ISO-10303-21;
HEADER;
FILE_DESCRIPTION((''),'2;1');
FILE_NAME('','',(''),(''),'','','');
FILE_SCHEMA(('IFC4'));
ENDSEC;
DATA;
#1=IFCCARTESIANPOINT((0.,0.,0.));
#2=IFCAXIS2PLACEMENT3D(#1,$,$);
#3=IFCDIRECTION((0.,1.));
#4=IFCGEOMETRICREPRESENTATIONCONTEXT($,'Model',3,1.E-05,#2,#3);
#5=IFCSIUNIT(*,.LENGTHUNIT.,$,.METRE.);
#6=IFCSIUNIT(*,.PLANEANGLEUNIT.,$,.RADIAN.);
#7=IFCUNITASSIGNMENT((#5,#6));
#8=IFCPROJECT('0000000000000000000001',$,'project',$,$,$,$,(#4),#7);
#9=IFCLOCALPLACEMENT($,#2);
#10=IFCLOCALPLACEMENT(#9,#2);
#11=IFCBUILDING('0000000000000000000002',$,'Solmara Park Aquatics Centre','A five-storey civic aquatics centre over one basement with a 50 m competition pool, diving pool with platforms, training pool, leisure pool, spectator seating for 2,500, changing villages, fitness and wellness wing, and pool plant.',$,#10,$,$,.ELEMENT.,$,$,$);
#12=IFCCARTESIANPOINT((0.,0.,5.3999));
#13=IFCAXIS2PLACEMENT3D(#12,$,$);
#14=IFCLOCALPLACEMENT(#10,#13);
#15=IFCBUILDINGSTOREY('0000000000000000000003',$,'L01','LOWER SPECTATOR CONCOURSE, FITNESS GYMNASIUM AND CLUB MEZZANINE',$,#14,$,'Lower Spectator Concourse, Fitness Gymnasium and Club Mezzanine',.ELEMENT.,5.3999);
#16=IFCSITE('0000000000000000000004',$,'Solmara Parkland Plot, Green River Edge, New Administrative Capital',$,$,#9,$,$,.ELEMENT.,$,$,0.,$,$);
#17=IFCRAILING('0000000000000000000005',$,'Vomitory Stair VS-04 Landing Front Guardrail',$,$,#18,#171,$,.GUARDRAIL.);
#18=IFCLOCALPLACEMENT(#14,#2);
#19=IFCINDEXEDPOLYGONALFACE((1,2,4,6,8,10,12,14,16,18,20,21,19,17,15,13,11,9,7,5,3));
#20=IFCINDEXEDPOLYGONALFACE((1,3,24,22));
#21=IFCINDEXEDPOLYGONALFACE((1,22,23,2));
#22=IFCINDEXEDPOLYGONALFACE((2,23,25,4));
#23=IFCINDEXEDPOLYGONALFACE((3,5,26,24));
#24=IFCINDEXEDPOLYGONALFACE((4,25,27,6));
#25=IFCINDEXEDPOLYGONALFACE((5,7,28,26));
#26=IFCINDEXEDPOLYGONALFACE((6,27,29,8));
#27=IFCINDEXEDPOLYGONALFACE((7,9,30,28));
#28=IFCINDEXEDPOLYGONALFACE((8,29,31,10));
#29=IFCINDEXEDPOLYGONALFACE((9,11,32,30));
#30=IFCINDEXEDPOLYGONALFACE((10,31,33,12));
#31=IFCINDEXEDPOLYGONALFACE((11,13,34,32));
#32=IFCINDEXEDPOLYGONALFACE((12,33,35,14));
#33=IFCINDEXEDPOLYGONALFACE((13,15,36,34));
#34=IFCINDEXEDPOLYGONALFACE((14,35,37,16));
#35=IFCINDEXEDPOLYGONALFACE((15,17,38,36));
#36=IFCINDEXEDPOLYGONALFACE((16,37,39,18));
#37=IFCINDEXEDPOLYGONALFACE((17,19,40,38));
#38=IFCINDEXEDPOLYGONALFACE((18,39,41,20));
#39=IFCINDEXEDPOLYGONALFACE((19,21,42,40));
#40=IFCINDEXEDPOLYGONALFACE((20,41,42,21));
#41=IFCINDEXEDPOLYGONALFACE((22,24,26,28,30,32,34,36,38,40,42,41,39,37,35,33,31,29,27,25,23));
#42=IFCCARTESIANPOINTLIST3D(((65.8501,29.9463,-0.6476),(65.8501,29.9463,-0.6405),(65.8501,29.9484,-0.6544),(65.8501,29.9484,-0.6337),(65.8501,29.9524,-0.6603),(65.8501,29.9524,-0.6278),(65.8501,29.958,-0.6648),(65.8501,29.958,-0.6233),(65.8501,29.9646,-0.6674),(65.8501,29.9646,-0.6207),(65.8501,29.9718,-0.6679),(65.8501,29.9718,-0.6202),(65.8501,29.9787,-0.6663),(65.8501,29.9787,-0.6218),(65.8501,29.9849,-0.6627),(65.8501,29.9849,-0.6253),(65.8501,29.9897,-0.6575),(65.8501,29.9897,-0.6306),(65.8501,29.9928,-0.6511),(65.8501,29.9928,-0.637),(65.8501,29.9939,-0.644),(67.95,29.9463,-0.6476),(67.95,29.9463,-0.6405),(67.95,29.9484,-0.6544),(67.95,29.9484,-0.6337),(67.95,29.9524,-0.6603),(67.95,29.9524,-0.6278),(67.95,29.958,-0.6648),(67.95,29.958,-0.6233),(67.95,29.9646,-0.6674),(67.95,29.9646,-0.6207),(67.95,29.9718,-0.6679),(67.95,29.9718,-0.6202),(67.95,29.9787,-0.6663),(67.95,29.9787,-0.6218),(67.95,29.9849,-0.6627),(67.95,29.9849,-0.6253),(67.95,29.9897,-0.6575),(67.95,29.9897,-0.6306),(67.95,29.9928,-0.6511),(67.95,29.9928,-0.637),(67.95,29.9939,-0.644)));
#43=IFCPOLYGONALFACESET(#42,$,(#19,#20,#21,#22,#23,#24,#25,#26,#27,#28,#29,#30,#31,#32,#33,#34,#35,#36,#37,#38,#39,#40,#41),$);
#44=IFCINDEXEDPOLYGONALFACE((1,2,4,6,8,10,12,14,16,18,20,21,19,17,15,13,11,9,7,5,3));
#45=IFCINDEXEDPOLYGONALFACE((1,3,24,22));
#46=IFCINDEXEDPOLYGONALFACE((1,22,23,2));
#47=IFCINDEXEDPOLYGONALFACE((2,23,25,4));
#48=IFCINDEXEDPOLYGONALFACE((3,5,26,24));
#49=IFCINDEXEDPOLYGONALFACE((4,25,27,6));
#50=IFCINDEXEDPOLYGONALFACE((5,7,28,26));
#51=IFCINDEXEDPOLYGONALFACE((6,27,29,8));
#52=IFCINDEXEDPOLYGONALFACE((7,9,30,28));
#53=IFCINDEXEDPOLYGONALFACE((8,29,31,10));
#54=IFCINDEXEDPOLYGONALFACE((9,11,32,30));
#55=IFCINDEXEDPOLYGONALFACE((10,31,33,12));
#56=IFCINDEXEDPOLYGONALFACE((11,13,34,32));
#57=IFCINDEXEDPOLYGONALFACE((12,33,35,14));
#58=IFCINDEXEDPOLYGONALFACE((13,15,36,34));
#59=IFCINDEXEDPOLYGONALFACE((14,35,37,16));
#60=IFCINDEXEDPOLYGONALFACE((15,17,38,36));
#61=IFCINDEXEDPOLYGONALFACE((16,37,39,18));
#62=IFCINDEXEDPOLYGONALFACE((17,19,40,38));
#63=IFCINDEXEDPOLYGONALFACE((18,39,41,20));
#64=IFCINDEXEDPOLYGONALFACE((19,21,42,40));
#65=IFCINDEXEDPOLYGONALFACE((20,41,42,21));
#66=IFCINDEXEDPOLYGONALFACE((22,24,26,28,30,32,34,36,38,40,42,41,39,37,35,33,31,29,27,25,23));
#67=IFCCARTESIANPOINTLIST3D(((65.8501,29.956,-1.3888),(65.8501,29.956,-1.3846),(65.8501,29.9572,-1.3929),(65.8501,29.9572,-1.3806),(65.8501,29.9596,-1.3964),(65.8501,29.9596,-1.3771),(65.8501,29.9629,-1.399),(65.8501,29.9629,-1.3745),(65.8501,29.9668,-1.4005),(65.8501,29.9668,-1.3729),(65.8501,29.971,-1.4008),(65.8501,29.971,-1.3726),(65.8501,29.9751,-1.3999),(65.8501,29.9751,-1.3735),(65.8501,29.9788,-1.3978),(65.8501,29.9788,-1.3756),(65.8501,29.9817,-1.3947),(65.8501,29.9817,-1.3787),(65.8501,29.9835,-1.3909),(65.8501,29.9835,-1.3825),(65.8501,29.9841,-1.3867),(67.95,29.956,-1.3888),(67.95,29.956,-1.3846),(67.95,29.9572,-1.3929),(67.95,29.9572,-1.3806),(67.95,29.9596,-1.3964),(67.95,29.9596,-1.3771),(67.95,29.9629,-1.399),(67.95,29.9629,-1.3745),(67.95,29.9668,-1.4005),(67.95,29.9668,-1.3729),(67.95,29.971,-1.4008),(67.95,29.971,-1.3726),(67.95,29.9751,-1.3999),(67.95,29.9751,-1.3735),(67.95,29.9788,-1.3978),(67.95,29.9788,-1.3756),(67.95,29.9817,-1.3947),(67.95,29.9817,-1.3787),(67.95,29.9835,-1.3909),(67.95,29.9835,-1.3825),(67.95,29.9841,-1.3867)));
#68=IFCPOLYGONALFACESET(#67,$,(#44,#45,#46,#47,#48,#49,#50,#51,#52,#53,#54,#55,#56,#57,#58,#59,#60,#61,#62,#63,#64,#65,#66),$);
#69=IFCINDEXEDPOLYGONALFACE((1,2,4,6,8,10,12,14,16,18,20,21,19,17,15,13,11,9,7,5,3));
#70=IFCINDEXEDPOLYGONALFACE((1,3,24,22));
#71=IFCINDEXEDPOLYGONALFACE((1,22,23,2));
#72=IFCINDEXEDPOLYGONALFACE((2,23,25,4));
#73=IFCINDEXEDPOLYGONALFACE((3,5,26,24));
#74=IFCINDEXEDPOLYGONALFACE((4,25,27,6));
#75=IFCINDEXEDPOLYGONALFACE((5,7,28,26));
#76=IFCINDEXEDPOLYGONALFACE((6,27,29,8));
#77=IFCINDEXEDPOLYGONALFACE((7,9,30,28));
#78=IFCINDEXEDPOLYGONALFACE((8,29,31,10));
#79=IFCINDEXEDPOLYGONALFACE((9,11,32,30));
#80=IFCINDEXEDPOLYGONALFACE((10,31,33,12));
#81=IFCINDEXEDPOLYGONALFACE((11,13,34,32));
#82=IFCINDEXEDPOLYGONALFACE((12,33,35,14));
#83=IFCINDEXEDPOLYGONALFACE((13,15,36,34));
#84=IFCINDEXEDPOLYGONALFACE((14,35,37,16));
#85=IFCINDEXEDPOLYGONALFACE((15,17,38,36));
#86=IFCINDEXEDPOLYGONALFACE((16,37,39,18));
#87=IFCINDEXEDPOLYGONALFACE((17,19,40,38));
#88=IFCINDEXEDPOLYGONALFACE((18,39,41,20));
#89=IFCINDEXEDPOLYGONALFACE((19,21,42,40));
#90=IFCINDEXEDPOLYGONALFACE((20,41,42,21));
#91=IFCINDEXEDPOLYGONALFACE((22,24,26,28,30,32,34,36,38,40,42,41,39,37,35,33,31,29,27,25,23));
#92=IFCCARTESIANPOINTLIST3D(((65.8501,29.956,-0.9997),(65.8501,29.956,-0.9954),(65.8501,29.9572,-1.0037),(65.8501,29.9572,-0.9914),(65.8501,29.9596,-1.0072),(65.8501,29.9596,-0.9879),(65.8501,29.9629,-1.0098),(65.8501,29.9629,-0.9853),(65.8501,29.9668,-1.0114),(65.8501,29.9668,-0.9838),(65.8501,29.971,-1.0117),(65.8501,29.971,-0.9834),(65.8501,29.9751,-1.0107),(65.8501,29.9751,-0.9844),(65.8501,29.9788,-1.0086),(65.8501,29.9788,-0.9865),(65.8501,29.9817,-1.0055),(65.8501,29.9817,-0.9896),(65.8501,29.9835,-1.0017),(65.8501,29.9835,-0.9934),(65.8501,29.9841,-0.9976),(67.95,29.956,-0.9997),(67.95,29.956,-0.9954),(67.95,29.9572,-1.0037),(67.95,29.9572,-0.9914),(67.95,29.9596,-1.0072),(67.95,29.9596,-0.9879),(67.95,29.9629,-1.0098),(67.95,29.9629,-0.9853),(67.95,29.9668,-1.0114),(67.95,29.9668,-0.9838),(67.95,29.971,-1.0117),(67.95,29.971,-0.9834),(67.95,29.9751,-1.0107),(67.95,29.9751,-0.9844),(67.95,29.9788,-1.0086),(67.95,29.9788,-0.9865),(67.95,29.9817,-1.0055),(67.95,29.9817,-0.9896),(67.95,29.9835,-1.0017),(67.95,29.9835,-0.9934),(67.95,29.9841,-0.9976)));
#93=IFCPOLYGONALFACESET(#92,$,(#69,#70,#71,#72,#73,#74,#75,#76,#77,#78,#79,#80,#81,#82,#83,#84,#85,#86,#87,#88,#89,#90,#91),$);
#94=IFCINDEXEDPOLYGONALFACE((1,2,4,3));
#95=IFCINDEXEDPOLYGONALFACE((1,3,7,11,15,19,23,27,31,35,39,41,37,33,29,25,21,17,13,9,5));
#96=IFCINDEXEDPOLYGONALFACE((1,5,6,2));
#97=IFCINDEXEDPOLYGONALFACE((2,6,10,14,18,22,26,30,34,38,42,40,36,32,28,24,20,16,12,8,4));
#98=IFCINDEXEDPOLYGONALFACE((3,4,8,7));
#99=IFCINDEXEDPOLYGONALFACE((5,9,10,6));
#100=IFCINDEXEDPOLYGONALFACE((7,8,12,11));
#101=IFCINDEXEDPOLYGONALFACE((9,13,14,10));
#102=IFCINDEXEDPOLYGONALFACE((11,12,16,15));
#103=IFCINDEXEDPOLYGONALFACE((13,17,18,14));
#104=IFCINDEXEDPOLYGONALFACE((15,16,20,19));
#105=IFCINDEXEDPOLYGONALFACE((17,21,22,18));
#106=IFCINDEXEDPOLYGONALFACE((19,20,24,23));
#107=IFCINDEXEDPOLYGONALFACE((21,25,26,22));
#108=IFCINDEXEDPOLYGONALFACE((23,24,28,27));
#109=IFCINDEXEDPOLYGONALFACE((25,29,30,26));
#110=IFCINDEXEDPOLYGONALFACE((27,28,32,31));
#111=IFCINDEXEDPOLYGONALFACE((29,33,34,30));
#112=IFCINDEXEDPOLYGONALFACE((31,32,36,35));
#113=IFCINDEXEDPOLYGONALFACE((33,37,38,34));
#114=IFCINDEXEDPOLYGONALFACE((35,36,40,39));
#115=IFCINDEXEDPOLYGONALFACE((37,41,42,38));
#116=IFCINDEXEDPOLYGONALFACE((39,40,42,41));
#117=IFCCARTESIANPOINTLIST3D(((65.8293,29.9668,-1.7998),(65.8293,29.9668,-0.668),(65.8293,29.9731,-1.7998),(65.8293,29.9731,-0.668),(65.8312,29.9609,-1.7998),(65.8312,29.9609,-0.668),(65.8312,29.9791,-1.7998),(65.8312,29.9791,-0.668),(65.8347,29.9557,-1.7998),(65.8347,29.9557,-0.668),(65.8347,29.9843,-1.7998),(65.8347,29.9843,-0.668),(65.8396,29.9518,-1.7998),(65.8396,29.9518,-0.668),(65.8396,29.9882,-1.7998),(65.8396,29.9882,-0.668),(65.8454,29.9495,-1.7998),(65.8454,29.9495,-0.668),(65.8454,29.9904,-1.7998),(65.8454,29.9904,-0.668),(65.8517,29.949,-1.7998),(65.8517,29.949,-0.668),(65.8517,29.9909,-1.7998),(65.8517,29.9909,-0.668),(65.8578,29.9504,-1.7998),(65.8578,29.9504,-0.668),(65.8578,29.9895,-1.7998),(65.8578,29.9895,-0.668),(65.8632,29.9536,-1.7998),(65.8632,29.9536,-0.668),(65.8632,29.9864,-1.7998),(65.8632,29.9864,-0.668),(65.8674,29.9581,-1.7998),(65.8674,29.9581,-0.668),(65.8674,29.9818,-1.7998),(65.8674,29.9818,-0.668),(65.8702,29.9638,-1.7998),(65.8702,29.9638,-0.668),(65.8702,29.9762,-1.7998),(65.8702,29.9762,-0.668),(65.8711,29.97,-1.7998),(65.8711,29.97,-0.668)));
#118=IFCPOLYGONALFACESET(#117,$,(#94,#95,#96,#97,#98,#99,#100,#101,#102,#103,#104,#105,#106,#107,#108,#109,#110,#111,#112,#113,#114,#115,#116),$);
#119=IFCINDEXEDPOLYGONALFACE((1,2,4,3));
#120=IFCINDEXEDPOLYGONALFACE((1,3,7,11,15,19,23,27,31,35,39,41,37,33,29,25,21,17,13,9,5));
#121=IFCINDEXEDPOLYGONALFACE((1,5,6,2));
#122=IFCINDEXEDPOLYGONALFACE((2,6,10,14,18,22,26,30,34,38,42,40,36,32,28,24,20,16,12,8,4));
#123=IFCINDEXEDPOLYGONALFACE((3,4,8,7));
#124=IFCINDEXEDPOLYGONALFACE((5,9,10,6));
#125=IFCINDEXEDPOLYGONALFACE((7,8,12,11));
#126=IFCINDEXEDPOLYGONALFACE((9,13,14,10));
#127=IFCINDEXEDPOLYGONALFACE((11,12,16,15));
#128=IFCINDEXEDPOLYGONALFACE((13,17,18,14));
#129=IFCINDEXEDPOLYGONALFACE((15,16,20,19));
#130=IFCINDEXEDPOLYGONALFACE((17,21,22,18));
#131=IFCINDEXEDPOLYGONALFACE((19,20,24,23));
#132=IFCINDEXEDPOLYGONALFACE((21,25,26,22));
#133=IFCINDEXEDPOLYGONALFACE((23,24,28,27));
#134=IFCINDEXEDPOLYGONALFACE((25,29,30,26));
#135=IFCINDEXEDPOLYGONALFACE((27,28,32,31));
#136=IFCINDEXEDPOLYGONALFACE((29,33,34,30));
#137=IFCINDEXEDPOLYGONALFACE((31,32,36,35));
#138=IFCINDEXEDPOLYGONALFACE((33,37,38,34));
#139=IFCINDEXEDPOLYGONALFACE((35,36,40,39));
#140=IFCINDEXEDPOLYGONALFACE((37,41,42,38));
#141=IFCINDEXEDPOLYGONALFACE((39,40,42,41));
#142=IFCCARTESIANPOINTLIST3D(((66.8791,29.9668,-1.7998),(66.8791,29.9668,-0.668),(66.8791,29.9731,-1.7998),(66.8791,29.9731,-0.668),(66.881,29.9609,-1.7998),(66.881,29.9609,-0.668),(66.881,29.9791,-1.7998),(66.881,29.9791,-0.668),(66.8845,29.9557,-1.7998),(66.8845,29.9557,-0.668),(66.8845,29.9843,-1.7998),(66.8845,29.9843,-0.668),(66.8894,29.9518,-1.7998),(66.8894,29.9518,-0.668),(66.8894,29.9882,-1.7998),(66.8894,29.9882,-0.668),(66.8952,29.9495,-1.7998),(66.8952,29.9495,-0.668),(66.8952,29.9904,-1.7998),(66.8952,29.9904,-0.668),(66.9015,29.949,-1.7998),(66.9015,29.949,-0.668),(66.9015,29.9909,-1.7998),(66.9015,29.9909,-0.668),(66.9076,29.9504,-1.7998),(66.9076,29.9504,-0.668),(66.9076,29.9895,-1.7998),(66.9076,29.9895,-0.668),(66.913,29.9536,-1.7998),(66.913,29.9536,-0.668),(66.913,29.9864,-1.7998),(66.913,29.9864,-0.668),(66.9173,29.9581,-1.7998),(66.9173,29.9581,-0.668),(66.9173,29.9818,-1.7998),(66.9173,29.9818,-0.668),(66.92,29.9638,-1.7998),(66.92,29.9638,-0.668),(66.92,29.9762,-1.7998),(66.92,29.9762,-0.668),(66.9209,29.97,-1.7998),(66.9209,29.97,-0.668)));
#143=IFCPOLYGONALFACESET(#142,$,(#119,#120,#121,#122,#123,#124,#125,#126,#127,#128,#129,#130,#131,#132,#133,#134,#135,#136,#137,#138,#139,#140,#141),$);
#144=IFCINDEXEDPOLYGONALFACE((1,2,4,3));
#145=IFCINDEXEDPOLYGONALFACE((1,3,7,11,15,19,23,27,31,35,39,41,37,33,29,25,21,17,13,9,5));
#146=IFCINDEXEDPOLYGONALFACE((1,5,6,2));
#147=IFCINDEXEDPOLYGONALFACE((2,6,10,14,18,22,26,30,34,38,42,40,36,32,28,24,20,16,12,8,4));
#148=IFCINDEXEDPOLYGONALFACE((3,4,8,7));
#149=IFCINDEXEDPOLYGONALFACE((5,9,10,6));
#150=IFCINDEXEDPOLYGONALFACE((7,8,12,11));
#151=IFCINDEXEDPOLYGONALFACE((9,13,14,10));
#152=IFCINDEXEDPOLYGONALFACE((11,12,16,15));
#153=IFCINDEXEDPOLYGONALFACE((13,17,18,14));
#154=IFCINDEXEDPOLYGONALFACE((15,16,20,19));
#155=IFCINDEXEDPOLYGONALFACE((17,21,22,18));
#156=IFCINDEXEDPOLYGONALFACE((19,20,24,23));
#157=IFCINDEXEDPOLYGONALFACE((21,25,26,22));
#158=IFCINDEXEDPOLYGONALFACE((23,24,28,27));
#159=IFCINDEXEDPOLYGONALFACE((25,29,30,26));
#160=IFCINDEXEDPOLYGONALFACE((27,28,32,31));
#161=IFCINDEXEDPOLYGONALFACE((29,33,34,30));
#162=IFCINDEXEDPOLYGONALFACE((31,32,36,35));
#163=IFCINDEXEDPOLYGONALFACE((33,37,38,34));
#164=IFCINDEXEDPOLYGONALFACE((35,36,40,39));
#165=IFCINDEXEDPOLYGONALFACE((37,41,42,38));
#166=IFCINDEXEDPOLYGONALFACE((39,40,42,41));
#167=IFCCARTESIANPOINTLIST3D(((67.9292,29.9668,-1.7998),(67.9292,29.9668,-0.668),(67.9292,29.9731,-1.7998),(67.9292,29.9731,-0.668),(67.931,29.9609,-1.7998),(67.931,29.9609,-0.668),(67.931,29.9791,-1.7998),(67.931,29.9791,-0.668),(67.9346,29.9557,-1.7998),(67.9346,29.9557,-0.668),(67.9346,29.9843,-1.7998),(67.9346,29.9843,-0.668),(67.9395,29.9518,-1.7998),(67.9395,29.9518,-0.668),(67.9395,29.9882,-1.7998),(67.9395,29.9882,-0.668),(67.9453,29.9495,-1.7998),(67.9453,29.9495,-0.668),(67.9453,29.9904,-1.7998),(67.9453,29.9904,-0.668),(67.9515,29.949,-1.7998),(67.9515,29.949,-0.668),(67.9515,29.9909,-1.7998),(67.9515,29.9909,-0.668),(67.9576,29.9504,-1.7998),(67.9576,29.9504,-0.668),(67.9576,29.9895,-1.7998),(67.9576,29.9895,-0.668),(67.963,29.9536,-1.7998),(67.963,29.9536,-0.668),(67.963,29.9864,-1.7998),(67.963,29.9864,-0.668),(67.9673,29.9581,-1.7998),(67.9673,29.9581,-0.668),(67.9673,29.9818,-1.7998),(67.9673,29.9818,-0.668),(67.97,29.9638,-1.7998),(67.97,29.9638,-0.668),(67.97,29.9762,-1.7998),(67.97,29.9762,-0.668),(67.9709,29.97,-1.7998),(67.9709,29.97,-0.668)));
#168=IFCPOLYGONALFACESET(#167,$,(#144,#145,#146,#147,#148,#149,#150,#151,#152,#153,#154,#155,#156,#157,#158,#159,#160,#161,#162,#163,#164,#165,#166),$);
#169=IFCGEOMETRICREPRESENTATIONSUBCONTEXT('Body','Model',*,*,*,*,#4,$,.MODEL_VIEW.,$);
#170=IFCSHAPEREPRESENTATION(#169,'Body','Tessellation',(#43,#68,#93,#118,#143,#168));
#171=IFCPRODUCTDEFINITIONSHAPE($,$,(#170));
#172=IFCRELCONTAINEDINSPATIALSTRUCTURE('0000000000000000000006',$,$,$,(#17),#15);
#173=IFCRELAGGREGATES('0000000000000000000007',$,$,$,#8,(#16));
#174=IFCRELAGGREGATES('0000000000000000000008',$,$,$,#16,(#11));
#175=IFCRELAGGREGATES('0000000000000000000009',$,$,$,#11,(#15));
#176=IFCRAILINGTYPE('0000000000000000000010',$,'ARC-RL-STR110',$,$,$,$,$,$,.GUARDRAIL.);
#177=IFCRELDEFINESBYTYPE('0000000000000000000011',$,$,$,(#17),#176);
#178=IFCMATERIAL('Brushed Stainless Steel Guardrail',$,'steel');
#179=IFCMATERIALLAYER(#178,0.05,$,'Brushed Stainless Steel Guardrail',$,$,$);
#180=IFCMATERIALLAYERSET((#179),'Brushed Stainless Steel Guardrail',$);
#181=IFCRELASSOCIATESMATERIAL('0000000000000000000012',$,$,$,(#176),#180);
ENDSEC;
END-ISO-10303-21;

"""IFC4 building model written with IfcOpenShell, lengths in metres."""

from ifc_helpers import new_model, si_unit, direction, frame, origin, origin_2d, place, context, subcontext, project, spatial, circle, extrude, material, layer, layer_set, type_object, element, save


model = new_model("IFC4")

# Units and contexts
model_context = context("Model", 3, precision=1e-05, world=origin(), true_north=direction((0.0, 1.0)))
body_context = subcontext(model_context, "Body", "Model", "MODEL_VIEW")
ifc_project = project(units=[si_unit("LENGTHUNIT", "METRE"), si_unit("PLANEANGLEUNIT", "RADIAN")], contexts=[model_context])

# Site, building, storey
site_placement = place(None, origin())
site = spatial("IfcSite", under=ifc_project, at=site_placement, Name="Solmara Parkland Plot, Green River Edge, New Administrative Capital", CompositionType="ELEMENT", RefElevation=0.0)
building_placement = place(site_placement, origin())
building = spatial("IfcBuilding", under=site, at=building_placement, Name="Solmara Park Aquatics Centre", Description="A five-storey civic aquatics centre over one basement with a 50 m competition pool, diving pool with platforms, training pool, leisure pool, spectator seating for 2,500, changing villages, fitness and wellness wing, and pool plant.", CompositionType="ELEMENT")
storey_placement = place(building_placement, frame((0.0, 0.0, 5.3999)))
storey = spatial("IfcBuildingStorey", under=building, at=storey_placement, Name="L01", Description="LOWER SPECTATOR CONCOURSE, FITNESS GYMNASIUM AND CLUB MEZZANINE", LongName="Lower Spectator Concourse, Fitness Gymnasium and Club Mezzanine", CompositionType="ELEMENT", Elevation=5.3999)

# Railing
ifc_material_1 = material(Name="Brushed Stainless Steel Guardrail", Category="steel")
ifc_layer_1 = layer(ifc_material_1, 0.05, Name="Brushed Stainless Steel Guardrail")
ifc_layer_set_1 = layer_set([ifc_layer_1], Name="Brushed Stainless Steel Guardrail")
railing_type_1 = type_object("IfcRailingType", Name="ARC-RL-STR110", PredefinedType="GUARDRAIL", material=ifc_layer_set_1)
railing_1_placement = place(storey_placement, frame((65.8501, 29.97, -1.7998)))
element("IfcRailing", 1, at=railing_1_placement, inside=storey, type_object=railing_type_1, Name="Vomitory Stair VS-04 Landing Front Guardrail", PredefinedType="GUARDRAIL", context=body_context, shape_type="SweptSolid", body=[
    extrude(circle(Radius=0.0239, at=origin_2d()), frame((0.0, 0.0, 1.1558), z_axis=(1.0, 0.0, 0.0), x_axis=(0.0, 1.0, 0.0)), (0.0, 0.0, 1.0), 2.0999),
    extrude(circle(Radius=0.0142, at=origin_2d()), frame((0.0, 0.0, 0.4131), z_axis=(1.0, 0.0, 0.0), x_axis=(0.0, 1.0, 0.0)), (0.0, 0.0, 1.0), 2.0999),
    extrude(circle(Radius=0.0142, at=origin_2d()), frame((0.0, 0.0, 0.8022), z_axis=(1.0, 0.0, 0.0), x_axis=(0.0, 1.0, 0.0)), (0.0, 0.0, 1.0), 2.0999),
    extrude(circle(Radius=0.021, at=origin_2d()), origin(), (0.0, 0.0, 1.0), 1.1318),
    extrude(circle(Radius=0.021, at=origin_2d()), frame((1.0498, 0.0, 0.0)), (0.0, 0.0, 1.0), 1.1318),
    extrude(circle(Radius=0.021, at=origin_2d()), frame((2.0999, 0.0, 0.0)), (0.0, 0.0, 1.0), 1.1318),
])

save(model, "model.ifc")
